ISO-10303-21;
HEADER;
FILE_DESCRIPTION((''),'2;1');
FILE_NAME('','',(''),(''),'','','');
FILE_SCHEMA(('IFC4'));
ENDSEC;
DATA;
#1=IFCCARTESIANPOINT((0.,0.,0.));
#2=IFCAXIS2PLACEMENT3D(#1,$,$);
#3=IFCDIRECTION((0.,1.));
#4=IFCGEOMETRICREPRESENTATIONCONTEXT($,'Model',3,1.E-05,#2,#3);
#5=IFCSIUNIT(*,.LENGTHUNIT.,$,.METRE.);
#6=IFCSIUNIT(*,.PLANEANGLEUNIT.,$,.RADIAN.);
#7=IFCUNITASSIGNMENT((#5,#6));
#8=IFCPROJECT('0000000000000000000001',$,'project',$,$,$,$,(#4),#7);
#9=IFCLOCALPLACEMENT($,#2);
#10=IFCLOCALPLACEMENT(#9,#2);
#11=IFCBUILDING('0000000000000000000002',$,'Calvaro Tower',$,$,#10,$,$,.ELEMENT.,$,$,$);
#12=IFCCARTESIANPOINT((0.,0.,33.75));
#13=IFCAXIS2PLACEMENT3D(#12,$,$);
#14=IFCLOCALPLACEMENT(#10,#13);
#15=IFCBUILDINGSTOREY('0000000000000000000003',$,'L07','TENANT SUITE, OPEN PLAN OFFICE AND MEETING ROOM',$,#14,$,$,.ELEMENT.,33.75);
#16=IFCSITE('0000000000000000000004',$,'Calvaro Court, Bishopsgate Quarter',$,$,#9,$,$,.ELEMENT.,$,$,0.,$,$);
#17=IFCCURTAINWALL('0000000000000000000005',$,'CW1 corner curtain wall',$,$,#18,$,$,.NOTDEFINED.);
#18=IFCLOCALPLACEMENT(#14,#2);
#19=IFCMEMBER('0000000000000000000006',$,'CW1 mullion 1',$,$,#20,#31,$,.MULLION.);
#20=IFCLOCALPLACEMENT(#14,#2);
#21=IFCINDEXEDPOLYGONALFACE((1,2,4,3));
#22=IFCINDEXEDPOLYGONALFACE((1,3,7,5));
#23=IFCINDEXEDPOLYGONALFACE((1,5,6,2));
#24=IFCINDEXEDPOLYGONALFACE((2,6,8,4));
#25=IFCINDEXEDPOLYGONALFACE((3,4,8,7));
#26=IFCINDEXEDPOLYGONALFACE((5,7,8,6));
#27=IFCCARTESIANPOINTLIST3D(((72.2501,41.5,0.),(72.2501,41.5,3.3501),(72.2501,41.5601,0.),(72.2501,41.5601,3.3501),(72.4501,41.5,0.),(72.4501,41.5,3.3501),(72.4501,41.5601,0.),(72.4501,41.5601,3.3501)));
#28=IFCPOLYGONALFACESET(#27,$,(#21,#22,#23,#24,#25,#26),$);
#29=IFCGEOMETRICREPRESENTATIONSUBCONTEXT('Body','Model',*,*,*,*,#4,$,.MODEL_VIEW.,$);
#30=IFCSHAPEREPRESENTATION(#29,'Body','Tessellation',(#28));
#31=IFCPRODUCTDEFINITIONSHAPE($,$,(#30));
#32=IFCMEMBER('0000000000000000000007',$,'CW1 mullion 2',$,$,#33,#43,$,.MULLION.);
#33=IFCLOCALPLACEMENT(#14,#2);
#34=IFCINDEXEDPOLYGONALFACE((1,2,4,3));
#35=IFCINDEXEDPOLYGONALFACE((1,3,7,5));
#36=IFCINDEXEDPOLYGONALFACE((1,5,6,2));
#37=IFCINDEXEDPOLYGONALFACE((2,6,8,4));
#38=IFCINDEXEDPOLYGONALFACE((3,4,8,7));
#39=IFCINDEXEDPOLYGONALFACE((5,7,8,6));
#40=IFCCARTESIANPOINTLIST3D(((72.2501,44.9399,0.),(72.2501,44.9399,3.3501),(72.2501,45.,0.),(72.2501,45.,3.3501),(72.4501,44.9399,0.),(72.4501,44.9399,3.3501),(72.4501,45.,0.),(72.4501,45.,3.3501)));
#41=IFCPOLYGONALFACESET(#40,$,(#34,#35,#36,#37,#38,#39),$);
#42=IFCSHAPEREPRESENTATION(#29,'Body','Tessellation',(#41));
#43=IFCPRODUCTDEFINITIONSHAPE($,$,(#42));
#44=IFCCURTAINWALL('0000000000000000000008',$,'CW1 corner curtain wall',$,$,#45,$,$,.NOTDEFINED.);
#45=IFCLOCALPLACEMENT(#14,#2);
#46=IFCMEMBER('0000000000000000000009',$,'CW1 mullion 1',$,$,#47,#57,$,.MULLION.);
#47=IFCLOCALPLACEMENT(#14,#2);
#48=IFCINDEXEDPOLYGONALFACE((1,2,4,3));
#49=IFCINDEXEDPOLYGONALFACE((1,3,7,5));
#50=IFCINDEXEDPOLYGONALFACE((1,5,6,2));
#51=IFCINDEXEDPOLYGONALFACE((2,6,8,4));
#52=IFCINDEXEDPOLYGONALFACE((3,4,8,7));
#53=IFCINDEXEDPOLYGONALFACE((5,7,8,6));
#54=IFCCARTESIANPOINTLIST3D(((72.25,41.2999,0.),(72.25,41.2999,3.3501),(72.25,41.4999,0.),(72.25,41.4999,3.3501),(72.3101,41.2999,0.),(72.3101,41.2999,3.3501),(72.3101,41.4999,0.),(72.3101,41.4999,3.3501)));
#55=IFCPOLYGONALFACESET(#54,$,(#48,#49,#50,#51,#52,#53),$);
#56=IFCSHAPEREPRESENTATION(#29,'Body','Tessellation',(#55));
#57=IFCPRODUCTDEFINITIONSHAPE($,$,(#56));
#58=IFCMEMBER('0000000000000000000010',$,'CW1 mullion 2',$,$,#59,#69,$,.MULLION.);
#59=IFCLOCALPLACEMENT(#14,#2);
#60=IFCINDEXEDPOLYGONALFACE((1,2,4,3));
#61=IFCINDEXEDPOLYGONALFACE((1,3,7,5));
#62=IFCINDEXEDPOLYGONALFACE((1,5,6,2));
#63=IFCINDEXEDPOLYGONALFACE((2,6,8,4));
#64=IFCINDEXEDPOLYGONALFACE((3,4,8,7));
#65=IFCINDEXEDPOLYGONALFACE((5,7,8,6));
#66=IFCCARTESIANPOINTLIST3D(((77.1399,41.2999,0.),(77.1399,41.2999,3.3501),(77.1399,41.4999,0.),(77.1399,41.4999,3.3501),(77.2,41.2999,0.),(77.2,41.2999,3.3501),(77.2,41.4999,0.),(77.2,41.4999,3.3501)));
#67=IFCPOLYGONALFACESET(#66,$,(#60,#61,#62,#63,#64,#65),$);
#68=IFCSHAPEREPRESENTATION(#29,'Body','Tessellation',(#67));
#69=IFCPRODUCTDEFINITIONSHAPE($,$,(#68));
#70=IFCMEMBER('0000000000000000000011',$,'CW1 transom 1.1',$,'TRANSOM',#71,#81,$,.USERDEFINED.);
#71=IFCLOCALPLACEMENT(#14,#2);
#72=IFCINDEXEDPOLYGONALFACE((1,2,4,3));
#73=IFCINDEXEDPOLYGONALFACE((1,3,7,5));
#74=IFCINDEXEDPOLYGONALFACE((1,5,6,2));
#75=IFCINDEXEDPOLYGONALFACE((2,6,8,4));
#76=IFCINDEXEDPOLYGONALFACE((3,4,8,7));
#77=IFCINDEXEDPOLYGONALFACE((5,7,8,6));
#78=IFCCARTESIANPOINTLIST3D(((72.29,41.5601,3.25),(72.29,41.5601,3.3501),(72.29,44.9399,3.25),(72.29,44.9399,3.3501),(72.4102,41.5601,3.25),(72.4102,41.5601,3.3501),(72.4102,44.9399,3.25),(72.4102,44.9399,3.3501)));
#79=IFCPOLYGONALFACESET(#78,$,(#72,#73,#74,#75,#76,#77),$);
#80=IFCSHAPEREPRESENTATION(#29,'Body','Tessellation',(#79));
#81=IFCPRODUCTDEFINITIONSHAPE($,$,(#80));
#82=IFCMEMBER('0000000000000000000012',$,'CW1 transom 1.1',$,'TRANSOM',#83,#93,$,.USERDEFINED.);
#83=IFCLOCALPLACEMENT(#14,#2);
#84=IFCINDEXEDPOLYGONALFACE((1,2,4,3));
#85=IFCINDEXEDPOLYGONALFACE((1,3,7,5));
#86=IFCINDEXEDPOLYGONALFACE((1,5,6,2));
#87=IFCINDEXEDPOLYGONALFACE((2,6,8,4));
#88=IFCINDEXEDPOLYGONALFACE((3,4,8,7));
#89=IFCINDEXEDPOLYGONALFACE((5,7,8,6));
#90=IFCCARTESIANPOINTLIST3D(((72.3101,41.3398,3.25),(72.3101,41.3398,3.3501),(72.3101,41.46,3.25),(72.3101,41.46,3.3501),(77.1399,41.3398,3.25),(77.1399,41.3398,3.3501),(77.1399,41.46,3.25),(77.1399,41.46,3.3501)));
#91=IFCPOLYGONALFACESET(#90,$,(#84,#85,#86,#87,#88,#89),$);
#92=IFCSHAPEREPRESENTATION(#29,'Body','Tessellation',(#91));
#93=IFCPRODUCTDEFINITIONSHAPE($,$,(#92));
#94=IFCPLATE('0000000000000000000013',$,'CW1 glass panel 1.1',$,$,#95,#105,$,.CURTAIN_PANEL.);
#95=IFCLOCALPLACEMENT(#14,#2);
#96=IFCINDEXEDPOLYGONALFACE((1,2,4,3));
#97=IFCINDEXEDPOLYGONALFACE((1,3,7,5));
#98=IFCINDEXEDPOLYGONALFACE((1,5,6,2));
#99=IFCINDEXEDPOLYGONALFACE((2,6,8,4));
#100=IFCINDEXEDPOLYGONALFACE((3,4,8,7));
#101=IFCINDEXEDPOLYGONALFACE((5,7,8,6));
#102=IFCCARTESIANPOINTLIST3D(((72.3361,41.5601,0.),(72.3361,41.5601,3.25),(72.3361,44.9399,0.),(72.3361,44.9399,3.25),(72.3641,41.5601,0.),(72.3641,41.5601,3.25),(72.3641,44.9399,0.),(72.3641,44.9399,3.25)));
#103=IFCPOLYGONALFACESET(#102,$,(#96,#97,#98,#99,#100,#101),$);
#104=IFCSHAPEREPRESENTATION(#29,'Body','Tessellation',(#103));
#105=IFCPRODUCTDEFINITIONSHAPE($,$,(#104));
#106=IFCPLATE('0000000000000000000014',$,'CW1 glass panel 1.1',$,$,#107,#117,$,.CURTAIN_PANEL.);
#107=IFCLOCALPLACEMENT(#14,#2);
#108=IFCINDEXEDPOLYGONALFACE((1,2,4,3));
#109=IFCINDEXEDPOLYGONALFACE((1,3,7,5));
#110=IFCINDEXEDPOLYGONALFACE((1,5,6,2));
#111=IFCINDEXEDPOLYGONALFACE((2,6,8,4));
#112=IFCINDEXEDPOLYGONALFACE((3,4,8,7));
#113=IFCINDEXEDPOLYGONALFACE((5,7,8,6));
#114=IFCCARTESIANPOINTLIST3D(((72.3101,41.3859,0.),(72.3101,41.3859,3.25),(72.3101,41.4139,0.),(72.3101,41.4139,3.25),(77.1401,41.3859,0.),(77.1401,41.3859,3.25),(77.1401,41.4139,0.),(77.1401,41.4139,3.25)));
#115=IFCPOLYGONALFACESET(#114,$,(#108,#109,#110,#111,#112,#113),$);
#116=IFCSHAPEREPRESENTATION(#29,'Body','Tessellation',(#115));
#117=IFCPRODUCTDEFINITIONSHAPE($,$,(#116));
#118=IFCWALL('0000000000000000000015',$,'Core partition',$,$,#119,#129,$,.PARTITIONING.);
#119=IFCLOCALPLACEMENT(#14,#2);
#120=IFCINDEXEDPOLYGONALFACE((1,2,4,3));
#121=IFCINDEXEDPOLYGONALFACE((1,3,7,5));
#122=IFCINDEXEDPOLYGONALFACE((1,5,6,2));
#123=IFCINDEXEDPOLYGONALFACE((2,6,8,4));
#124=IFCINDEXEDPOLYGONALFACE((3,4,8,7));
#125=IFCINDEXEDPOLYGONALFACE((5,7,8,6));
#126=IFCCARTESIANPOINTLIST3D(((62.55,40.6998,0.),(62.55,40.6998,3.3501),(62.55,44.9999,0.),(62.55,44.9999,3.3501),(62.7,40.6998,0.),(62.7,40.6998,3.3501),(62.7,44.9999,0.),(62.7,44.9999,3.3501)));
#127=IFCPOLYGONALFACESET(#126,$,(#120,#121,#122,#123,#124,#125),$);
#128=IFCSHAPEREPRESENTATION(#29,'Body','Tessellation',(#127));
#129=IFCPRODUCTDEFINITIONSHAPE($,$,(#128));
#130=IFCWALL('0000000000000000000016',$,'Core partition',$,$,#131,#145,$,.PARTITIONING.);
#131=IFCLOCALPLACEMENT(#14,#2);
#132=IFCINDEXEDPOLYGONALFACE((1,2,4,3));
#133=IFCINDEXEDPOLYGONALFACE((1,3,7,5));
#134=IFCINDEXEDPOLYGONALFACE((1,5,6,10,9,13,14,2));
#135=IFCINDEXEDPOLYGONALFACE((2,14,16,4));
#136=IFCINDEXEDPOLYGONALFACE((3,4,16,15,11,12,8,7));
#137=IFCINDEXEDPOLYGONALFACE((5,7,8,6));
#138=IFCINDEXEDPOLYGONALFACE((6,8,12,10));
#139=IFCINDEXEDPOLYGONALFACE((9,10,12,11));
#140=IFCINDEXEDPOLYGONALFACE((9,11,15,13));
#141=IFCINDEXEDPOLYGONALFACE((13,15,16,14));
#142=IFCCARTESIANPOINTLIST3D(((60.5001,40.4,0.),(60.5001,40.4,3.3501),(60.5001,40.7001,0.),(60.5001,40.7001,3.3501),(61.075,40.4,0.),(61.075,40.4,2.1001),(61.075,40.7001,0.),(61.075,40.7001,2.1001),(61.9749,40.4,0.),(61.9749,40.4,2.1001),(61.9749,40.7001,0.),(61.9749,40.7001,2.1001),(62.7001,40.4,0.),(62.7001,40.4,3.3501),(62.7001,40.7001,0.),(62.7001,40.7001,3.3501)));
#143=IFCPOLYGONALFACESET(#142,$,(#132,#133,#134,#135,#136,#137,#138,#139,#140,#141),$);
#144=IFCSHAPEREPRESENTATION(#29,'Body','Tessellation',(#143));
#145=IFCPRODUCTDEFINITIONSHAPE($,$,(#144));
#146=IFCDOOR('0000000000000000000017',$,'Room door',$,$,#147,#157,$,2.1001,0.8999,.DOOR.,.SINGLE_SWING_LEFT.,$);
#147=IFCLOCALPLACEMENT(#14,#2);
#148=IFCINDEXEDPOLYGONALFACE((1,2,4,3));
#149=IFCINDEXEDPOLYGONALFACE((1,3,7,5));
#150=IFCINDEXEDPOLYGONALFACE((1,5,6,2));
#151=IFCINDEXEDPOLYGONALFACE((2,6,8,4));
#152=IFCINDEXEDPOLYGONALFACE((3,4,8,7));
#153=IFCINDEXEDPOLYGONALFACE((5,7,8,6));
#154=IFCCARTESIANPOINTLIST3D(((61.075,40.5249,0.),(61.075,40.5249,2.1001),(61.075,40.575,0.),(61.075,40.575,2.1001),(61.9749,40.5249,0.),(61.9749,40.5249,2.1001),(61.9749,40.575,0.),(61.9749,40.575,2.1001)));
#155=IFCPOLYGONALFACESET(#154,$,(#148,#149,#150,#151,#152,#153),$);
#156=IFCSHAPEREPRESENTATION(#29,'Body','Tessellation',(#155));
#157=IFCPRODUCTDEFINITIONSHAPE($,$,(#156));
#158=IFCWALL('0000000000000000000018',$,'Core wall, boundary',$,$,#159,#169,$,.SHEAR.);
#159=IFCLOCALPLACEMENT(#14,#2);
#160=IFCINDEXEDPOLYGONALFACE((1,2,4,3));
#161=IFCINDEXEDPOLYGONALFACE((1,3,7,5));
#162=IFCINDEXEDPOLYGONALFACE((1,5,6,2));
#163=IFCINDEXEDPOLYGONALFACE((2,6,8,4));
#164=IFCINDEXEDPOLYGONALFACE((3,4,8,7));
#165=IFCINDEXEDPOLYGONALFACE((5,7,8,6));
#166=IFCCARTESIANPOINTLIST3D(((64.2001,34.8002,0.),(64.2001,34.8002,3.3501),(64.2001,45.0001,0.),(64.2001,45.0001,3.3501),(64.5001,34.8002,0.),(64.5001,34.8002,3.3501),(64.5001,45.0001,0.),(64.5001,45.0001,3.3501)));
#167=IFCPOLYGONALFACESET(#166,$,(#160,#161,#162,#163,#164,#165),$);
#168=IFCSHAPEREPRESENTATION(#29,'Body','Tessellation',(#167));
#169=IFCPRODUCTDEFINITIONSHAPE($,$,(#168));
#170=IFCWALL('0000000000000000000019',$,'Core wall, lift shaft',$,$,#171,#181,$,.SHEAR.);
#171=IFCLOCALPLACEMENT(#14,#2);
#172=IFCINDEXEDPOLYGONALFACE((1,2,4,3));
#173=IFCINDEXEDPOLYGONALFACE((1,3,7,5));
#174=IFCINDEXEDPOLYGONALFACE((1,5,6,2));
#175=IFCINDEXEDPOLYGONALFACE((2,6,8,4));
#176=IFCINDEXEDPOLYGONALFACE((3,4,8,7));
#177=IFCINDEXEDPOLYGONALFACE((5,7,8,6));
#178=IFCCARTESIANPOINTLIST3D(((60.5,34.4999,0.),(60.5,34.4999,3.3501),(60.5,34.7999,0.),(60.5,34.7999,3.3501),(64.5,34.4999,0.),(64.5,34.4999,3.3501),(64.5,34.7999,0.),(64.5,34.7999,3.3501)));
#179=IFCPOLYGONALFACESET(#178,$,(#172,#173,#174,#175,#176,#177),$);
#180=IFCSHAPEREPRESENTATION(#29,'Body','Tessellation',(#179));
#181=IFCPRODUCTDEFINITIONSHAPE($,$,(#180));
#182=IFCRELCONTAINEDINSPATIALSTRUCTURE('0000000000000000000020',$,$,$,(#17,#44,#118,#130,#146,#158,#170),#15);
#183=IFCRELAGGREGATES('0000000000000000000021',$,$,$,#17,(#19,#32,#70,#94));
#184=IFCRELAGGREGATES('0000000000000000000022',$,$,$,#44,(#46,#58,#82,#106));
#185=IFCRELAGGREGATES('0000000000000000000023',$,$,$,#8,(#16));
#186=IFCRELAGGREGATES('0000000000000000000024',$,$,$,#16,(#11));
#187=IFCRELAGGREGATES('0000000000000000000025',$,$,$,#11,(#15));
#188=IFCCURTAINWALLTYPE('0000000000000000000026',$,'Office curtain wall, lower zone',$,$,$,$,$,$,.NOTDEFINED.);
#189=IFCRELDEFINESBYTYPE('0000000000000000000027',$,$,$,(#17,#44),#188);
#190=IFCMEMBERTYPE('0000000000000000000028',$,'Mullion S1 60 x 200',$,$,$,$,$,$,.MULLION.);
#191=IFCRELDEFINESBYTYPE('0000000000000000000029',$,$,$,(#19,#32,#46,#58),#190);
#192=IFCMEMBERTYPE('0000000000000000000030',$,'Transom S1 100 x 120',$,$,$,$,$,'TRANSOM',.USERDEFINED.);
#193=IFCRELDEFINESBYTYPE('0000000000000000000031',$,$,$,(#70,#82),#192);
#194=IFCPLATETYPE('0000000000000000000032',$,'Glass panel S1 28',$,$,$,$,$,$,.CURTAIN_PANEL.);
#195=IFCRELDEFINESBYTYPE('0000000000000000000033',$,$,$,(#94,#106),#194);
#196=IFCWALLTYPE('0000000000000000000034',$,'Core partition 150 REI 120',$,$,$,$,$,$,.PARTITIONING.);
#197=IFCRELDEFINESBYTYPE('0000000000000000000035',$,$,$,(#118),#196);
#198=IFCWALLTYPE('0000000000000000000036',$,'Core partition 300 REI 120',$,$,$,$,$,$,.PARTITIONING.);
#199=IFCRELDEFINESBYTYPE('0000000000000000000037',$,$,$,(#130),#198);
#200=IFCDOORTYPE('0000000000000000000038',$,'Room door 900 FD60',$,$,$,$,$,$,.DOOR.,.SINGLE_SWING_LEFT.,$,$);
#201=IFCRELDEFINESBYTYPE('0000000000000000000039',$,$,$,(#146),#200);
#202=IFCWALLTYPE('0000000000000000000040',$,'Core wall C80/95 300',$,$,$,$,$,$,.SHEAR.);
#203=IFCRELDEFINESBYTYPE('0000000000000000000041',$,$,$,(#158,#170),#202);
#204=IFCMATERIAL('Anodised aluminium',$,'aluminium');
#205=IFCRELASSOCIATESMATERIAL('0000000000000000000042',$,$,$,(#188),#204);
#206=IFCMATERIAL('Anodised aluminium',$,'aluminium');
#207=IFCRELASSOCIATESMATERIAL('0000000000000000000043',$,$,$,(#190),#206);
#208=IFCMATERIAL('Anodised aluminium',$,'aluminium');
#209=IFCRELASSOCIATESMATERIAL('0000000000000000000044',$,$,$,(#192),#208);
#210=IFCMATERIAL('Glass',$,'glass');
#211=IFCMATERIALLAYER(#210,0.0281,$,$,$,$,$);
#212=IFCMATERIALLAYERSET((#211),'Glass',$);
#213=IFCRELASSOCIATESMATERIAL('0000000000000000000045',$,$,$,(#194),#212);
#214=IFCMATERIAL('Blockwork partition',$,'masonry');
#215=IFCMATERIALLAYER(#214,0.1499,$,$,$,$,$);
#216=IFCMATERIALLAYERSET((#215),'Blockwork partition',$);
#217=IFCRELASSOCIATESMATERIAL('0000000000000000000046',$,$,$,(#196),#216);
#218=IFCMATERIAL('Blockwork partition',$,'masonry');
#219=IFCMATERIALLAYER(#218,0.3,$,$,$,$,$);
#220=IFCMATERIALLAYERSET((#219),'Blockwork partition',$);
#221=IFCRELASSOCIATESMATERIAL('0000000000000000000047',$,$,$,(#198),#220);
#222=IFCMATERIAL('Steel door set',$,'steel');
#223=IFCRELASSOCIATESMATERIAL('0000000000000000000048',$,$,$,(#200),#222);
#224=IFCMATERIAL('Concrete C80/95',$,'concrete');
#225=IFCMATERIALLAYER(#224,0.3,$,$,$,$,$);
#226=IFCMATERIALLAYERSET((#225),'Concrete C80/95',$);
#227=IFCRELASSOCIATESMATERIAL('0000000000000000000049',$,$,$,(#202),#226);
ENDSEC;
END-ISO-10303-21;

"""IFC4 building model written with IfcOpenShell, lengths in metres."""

from ifc_helpers import new_model, si_unit, direction, frame, frame_2d, origin, origin_2d, place, context, subcontext, project, spatial, rectangle, extrude, material, layer, layer_set, material_profile, profile_set, type_object, element, fill, aggregate, save


model = new_model("IFC4")

# Units and contexts
model_context = context("Model", 3, precision=1e-05, world=origin(), true_north=direction((0.0, 1.0)))
body_context = subcontext(model_context, "Body", "Model", "MODEL_VIEW")
ifc_project = project(units=[si_unit("LENGTHUNIT", "METRE"), si_unit("PLANEANGLEUNIT", "RADIAN")], contexts=[model_context])

# Site, building, storey
site_placement = place(None, origin())
site = spatial("IfcSite", under=ifc_project, at=site_placement, Name="Calvaro Court, Bishopsgate Quarter", CompositionType="ELEMENT", RefElevation=0.0)
building_placement = place(site_placement, origin())
building = spatial("IfcBuilding", under=site, at=building_placement, Name="Calvaro Tower", CompositionType="ELEMENT")
storey_placement = place(building_placement, frame((0.0, 0.0, 33.75)))
storey = spatial("IfcBuildingStorey", under=building, at=storey_placement, Name="L07", Description="TENANT SUITE, OPEN PLAN OFFICE AND MEETING ROOM", CompositionType="ELEMENT", Elevation=33.75)

# Curtain walls, members
ifc_material_1 = material(Name="Anodised aluminium", Category="aluminium")
curtain_wall_type = type_object("IfcCurtainWallType", Name="Office curtain wall, lower zone", PredefinedType="NOTDEFINED", material=ifc_material_1)
curtain_wall_1_placement = place(storey_placement, origin())
curtain_wall_1 = element("IfcCurtainWall", 1, at=curtain_wall_1_placement, inside=storey, type_object=curtain_wall_type, Name="CW1 corner curtain wall", PredefinedType="NOTDEFINED")
ifc_material_2 = material(Name="Anodised aluminium", Category="aluminium")
ifc_material_profile_1 = material_profile(ifc_material_2, rectangle(XDim=0.2, YDim=0.0601, at=origin_2d()), Name="Mullion S1 60 x 200")
ifc_profile_set_1 = profile_set([ifc_material_profile_1], Name="Anodised aluminium")
member_type_1 = type_object("IfcMemberType", Name="Mullion S1 60 x 200", PredefinedType="MULLION", material=ifc_profile_set_1)
member_1_placement = place(storey_placement, frame((72.3501, 41.53, 0.0), z_axis=(0.0, 0.0, 1.0), x_axis=(-1.0, 0.0, 0.0)))
member_1 = element("IfcMember", 2, at=member_1_placement, type_object=member_type_1, Name="CW1 mullion 1", PredefinedType="MULLION", context=body_context, shape_type="SweptSolid", body=[
    extrude(rectangle(XDim=0.2, YDim=0.0601, at=origin_2d()), origin(), (0.0, 0.0, 1.0), 3.3501),
])
member_2_placement = place(storey_placement, frame((72.3501, 44.97, 0.0), z_axis=(0.0, 0.0, 1.0), x_axis=(-1.0, 0.0, 0.0)))
member_2 = element("IfcMember", 3, at=member_2_placement, type_object=member_type_1, Name="CW1 mullion 2", PredefinedType="MULLION", context=body_context, shape_type="SweptSolid", body=[
    extrude(rectangle(XDim=0.2, YDim=0.0601, at=origin_2d()), origin(), (0.0, 0.0, 1.0), 3.3501),
])
curtain_wall_2_placement = place(storey_placement, origin())
curtain_wall_2 = element("IfcCurtainWall", 4, at=curtain_wall_2_placement, inside=storey, type_object=curtain_wall_type, Name="CW1 corner curtain wall", PredefinedType="NOTDEFINED")
member_3_placement = place(storey_placement, frame((72.28, 41.3999, 0.0), z_axis=(0.0, 0.0, 1.0), x_axis=(0.0, 1.0, 0.0)))
member_3 = element("IfcMember", 5, at=member_3_placement, type_object=member_type_1, Name="CW1 mullion 1", PredefinedType="MULLION", context=body_context, shape_type="SweptSolid", body=[
    extrude(rectangle(XDim=0.2, YDim=0.0601, at=origin_2d()), origin(), (0.0, 0.0, 1.0), 3.3501),
])
member_4_placement = place(storey_placement, frame((77.1699, 41.3999, 0.0), z_axis=(0.0, 0.0, 1.0), x_axis=(0.0, 1.0, 0.0)))
member_4 = element("IfcMember", 6, at=member_4_placement, type_object=member_type_1, Name="CW1 mullion 2", PredefinedType="MULLION", context=body_context, shape_type="SweptSolid", body=[
    extrude(rectangle(XDim=0.2, YDim=0.0601, at=origin_2d()), origin(), (0.0, 0.0, 1.0), 3.3501),
])

# Members
ifc_material_3 = material(Name="Anodised aluminium", Category="aluminium")
ifc_material_profile_2 = material_profile(ifc_material_3, rectangle(XDim=0.1201, YDim=0.1001, at=origin_2d()), Name="Transom S1 100 x 120")
ifc_profile_set_2 = profile_set([ifc_material_profile_2], Name="Anodised aluminium")
member_type_2 = type_object("IfcMemberType", Name="Transom S1 100 x 120", ElementType="TRANSOM", PredefinedType="USERDEFINED", material=ifc_profile_set_2)
member_5_placement = place(storey_placement, frame((72.3501, 41.5601, 3.3), z_axis=(0.0, 1.0, 0.0), x_axis=(-1.0, 0.0, 0.0)))
member_5 = element("IfcMember", 7, at=member_5_placement, type_object=member_type_2, Name="CW1 transom 1.1", ObjectType="TRANSOM", PredefinedType="USERDEFINED", context=body_context, shape_type="SweptSolid", body=[
    extrude(rectangle(XDim=0.1201, YDim=0.1001, at=origin_2d()), origin(), (0.0, 0.0, 1.0), 3.3799),
])
member_6_placement = place(storey_placement, frame((72.3101, 41.3999, 3.3), z_axis=(1.0, 0.0, 0.0), x_axis=(0.0, 1.0, 0.0)))
member_6 = element("IfcMember", 8, at=member_6_placement, type_object=member_type_2, Name="CW1 transom 1.1", ObjectType="TRANSOM", PredefinedType="USERDEFINED", context=body_context, shape_type="SweptSolid", body=[
    extrude(rectangle(XDim=0.1201, YDim=0.1001, at=origin_2d()), origin(), (0.0, 0.0, 1.0), 4.8298),
])

# Plates
ifc_material_4 = material(Name="Glass", Category="glass")
ifc_layer_1 = layer(ifc_material_4, 0.0281)
ifc_layer_set_1 = layer_set([ifc_layer_1], Name="Glass")
plate_type = type_object("IfcPlateType", Name="Glass panel S1 28", PredefinedType="CURTAIN_PANEL", material=ifc_layer_set_1)
plate_1_placement = place(storey_placement, frame((72.3501, 43.25, 0.0), z_axis=(0.0, 0.0, 1.0), x_axis=(0.0, 1.0, 0.0)))
plate_1 = element("IfcPlate", 9, at=plate_1_placement, type_object=plate_type, Name="CW1 glass panel 1.1", PredefinedType="CURTAIN_PANEL", context=body_context, shape_type="SweptSolid", body=[
    extrude(rectangle(XDim=3.3799, YDim=0.0281, at=origin_2d()), origin(), (0.0, 0.0, 1.0), 3.25),
])
aggregate(curtain_wall_1, [member_1, member_2, member_5, plate_1])
plate_2_placement = place(storey_placement, frame((74.7251, 41.3999, 0.0), z_axis=(0.0, 0.0, 1.0), x_axis=(1.0, 0.0, 0.0)))
plate_2 = element("IfcPlate", 10, at=plate_2_placement, type_object=plate_type, Name="CW1 glass panel 1.1", PredefinedType="CURTAIN_PANEL", context=body_context, shape_type="SweptSolid", body=[
    extrude(rectangle(XDim=4.8301, YDim=0.0281, at=origin_2d()), origin(), (0.0, 0.0, 1.0), 3.25),
])
aggregate(curtain_wall_2, [member_3, member_4, member_6, plate_2])

# Wall
ifc_material_5 = material(Name="Blockwork partition", Category="masonry")
ifc_layer_2 = layer(ifc_material_5, 0.1499)
ifc_layer_set_2 = layer_set([ifc_layer_2], Name="Blockwork partition")
wall_type_1 = type_object("IfcWallType", Name="Core partition 150 REI 120", PredefinedType="PARTITIONING", material=ifc_layer_set_2)
wall_1_placement = place(storey_placement, frame((62.625, 40.7, 0.0), z_axis=(0.0, 0.0, 1.0), x_axis=(0.0, 1.0, 0.0)))
element("IfcWall", 11, at=wall_1_placement, inside=storey, type_object=wall_type_1, Name="Core partition", PredefinedType="PARTITIONING", context=body_context, shape_type="SweptSolid", body=[
    extrude(rectangle(XDim=4.3, YDim=0.1499, at=frame_2d((2.1499, 0.0))), origin(), (0.0, 0.0, 1.0), 3.3501),
])

# Wall, opening, door
ifc_material_6 = material(Name="Blockwork partition", Category="masonry")
ifc_layer_3 = layer(ifc_material_6, 0.3)
ifc_layer_set_3 = layer_set([ifc_layer_3], Name="Blockwork partition")
wall_type_2 = type_object("IfcWallType", Name="Core partition 300 REI 120", PredefinedType="PARTITIONING", material=ifc_layer_set_3)
wall_2_placement = place(storey_placement, frame((60.5, 40.55, 0.0), z_axis=(0.0, 0.0, 1.0), x_axis=(1.0, 0.0, 0.0)))
wall_2 = element("IfcWall", 12, at=wall_2_placement, inside=storey, type_object=wall_type_2, Name="Core partition", PredefinedType="PARTITIONING", context=body_context, shape_type="SweptSolid", body=[
    extrude(rectangle(XDim=2.2, YDim=0.3, at=frame_2d((1.1001, 0.0))), origin(), (0.0, 0.0, 1.0), 3.3501),
])
opening_1_placement = place(wall_2_placement, frame((0.575, 0.0, 0.0)))
opening_1 = element("IfcOpeningElement", 13, at=opening_1_placement, cuts=wall_2, PredefinedType="OPENING", context=body_context, shape_type="SweptSolid", body=[
    extrude(rectangle(XDim=0.8999, YDim=2.1001, at=frame_2d((0.45, 1.05))), frame((0.0, 0.1599, 0.0), z_axis=(0.0, -1.0, 0.0), x_axis=(1.0, 0.0, 0.0)), (0.0, 0.0, 1.0), 0.3201),
])
ifc_material_7 = material(Name="Steel door set", Category="steel")
door_type_1 = type_object("IfcDoorType", Name="Room door 900 FD60", OperationType="SINGLE_SWING_LEFT", PredefinedType="DOOR", material=ifc_material_7)
door_1_placement = place(opening_1_placement, origin())
door_1 = element("IfcDoor", 14, at=door_1_placement, inside=storey, type_object=door_type_1, Name="Room door", OperationType="SINGLE_SWING_LEFT", OverallHeight=2.1001, OverallWidth=0.8999, PredefinedType="DOOR", context=body_context, shape_type="SweptSolid", body=[
    extrude(rectangle(XDim=0.8999, YDim=2.1001, at=frame_2d((0.45, 1.05))), frame((0.0, 0.0249, 0.0), z_axis=(0.0, -1.0, 0.0), x_axis=(1.0, 0.0, 0.0)), (0.0, 0.0, 1.0), 0.05),
])
fill(opening_1, door_1)

# Walls
ifc_material_8 = material(Name="Concrete C80/95", Category="concrete")
ifc_layer_4 = layer(ifc_material_8, 0.3)
ifc_layer_set_4 = layer_set([ifc_layer_4], Name="Concrete C80/95")
wall_type_3 = type_object("IfcWallType", Name="Core wall C80/95 300", PredefinedType="SHEAR", material=ifc_layer_set_4)
wall_3_placement = place(storey_placement, frame((64.3501, 34.8, 0.0), z_axis=(0.0, 0.0, 1.0), x_axis=(0.0, 1.0, 0.0)))
element("IfcWall", 15, at=wall_3_placement, inside=storey, type_object=wall_type_3, Name="Core wall, boundary", PredefinedType="SHEAR", context=body_context, shape_type="SweptSolid", body=[
    extrude(rectangle(XDim=10.2, YDim=0.3, at=frame_2d((5.1001, 0.0))), origin(), (0.0, 0.0, 1.0), 3.3501),
])
wall_4_placement = place(storey_placement, frame((60.5, 34.6499, 0.0), z_axis=(0.0, 0.0, 1.0), x_axis=(1.0, 0.0, 0.0)))
element("IfcWall", 16, at=wall_4_placement, inside=storey, type_object=wall_type_3, Name="Core wall, lift shaft", PredefinedType="SHEAR", context=body_context, shape_type="SweptSolid", body=[
    extrude(rectangle(XDim=4.0, YDim=0.3, at=frame_2d((2.0, 0.0))), origin(), (0.0, 0.0, 1.0), 3.3501),
])

save(model, "model.ifc")
